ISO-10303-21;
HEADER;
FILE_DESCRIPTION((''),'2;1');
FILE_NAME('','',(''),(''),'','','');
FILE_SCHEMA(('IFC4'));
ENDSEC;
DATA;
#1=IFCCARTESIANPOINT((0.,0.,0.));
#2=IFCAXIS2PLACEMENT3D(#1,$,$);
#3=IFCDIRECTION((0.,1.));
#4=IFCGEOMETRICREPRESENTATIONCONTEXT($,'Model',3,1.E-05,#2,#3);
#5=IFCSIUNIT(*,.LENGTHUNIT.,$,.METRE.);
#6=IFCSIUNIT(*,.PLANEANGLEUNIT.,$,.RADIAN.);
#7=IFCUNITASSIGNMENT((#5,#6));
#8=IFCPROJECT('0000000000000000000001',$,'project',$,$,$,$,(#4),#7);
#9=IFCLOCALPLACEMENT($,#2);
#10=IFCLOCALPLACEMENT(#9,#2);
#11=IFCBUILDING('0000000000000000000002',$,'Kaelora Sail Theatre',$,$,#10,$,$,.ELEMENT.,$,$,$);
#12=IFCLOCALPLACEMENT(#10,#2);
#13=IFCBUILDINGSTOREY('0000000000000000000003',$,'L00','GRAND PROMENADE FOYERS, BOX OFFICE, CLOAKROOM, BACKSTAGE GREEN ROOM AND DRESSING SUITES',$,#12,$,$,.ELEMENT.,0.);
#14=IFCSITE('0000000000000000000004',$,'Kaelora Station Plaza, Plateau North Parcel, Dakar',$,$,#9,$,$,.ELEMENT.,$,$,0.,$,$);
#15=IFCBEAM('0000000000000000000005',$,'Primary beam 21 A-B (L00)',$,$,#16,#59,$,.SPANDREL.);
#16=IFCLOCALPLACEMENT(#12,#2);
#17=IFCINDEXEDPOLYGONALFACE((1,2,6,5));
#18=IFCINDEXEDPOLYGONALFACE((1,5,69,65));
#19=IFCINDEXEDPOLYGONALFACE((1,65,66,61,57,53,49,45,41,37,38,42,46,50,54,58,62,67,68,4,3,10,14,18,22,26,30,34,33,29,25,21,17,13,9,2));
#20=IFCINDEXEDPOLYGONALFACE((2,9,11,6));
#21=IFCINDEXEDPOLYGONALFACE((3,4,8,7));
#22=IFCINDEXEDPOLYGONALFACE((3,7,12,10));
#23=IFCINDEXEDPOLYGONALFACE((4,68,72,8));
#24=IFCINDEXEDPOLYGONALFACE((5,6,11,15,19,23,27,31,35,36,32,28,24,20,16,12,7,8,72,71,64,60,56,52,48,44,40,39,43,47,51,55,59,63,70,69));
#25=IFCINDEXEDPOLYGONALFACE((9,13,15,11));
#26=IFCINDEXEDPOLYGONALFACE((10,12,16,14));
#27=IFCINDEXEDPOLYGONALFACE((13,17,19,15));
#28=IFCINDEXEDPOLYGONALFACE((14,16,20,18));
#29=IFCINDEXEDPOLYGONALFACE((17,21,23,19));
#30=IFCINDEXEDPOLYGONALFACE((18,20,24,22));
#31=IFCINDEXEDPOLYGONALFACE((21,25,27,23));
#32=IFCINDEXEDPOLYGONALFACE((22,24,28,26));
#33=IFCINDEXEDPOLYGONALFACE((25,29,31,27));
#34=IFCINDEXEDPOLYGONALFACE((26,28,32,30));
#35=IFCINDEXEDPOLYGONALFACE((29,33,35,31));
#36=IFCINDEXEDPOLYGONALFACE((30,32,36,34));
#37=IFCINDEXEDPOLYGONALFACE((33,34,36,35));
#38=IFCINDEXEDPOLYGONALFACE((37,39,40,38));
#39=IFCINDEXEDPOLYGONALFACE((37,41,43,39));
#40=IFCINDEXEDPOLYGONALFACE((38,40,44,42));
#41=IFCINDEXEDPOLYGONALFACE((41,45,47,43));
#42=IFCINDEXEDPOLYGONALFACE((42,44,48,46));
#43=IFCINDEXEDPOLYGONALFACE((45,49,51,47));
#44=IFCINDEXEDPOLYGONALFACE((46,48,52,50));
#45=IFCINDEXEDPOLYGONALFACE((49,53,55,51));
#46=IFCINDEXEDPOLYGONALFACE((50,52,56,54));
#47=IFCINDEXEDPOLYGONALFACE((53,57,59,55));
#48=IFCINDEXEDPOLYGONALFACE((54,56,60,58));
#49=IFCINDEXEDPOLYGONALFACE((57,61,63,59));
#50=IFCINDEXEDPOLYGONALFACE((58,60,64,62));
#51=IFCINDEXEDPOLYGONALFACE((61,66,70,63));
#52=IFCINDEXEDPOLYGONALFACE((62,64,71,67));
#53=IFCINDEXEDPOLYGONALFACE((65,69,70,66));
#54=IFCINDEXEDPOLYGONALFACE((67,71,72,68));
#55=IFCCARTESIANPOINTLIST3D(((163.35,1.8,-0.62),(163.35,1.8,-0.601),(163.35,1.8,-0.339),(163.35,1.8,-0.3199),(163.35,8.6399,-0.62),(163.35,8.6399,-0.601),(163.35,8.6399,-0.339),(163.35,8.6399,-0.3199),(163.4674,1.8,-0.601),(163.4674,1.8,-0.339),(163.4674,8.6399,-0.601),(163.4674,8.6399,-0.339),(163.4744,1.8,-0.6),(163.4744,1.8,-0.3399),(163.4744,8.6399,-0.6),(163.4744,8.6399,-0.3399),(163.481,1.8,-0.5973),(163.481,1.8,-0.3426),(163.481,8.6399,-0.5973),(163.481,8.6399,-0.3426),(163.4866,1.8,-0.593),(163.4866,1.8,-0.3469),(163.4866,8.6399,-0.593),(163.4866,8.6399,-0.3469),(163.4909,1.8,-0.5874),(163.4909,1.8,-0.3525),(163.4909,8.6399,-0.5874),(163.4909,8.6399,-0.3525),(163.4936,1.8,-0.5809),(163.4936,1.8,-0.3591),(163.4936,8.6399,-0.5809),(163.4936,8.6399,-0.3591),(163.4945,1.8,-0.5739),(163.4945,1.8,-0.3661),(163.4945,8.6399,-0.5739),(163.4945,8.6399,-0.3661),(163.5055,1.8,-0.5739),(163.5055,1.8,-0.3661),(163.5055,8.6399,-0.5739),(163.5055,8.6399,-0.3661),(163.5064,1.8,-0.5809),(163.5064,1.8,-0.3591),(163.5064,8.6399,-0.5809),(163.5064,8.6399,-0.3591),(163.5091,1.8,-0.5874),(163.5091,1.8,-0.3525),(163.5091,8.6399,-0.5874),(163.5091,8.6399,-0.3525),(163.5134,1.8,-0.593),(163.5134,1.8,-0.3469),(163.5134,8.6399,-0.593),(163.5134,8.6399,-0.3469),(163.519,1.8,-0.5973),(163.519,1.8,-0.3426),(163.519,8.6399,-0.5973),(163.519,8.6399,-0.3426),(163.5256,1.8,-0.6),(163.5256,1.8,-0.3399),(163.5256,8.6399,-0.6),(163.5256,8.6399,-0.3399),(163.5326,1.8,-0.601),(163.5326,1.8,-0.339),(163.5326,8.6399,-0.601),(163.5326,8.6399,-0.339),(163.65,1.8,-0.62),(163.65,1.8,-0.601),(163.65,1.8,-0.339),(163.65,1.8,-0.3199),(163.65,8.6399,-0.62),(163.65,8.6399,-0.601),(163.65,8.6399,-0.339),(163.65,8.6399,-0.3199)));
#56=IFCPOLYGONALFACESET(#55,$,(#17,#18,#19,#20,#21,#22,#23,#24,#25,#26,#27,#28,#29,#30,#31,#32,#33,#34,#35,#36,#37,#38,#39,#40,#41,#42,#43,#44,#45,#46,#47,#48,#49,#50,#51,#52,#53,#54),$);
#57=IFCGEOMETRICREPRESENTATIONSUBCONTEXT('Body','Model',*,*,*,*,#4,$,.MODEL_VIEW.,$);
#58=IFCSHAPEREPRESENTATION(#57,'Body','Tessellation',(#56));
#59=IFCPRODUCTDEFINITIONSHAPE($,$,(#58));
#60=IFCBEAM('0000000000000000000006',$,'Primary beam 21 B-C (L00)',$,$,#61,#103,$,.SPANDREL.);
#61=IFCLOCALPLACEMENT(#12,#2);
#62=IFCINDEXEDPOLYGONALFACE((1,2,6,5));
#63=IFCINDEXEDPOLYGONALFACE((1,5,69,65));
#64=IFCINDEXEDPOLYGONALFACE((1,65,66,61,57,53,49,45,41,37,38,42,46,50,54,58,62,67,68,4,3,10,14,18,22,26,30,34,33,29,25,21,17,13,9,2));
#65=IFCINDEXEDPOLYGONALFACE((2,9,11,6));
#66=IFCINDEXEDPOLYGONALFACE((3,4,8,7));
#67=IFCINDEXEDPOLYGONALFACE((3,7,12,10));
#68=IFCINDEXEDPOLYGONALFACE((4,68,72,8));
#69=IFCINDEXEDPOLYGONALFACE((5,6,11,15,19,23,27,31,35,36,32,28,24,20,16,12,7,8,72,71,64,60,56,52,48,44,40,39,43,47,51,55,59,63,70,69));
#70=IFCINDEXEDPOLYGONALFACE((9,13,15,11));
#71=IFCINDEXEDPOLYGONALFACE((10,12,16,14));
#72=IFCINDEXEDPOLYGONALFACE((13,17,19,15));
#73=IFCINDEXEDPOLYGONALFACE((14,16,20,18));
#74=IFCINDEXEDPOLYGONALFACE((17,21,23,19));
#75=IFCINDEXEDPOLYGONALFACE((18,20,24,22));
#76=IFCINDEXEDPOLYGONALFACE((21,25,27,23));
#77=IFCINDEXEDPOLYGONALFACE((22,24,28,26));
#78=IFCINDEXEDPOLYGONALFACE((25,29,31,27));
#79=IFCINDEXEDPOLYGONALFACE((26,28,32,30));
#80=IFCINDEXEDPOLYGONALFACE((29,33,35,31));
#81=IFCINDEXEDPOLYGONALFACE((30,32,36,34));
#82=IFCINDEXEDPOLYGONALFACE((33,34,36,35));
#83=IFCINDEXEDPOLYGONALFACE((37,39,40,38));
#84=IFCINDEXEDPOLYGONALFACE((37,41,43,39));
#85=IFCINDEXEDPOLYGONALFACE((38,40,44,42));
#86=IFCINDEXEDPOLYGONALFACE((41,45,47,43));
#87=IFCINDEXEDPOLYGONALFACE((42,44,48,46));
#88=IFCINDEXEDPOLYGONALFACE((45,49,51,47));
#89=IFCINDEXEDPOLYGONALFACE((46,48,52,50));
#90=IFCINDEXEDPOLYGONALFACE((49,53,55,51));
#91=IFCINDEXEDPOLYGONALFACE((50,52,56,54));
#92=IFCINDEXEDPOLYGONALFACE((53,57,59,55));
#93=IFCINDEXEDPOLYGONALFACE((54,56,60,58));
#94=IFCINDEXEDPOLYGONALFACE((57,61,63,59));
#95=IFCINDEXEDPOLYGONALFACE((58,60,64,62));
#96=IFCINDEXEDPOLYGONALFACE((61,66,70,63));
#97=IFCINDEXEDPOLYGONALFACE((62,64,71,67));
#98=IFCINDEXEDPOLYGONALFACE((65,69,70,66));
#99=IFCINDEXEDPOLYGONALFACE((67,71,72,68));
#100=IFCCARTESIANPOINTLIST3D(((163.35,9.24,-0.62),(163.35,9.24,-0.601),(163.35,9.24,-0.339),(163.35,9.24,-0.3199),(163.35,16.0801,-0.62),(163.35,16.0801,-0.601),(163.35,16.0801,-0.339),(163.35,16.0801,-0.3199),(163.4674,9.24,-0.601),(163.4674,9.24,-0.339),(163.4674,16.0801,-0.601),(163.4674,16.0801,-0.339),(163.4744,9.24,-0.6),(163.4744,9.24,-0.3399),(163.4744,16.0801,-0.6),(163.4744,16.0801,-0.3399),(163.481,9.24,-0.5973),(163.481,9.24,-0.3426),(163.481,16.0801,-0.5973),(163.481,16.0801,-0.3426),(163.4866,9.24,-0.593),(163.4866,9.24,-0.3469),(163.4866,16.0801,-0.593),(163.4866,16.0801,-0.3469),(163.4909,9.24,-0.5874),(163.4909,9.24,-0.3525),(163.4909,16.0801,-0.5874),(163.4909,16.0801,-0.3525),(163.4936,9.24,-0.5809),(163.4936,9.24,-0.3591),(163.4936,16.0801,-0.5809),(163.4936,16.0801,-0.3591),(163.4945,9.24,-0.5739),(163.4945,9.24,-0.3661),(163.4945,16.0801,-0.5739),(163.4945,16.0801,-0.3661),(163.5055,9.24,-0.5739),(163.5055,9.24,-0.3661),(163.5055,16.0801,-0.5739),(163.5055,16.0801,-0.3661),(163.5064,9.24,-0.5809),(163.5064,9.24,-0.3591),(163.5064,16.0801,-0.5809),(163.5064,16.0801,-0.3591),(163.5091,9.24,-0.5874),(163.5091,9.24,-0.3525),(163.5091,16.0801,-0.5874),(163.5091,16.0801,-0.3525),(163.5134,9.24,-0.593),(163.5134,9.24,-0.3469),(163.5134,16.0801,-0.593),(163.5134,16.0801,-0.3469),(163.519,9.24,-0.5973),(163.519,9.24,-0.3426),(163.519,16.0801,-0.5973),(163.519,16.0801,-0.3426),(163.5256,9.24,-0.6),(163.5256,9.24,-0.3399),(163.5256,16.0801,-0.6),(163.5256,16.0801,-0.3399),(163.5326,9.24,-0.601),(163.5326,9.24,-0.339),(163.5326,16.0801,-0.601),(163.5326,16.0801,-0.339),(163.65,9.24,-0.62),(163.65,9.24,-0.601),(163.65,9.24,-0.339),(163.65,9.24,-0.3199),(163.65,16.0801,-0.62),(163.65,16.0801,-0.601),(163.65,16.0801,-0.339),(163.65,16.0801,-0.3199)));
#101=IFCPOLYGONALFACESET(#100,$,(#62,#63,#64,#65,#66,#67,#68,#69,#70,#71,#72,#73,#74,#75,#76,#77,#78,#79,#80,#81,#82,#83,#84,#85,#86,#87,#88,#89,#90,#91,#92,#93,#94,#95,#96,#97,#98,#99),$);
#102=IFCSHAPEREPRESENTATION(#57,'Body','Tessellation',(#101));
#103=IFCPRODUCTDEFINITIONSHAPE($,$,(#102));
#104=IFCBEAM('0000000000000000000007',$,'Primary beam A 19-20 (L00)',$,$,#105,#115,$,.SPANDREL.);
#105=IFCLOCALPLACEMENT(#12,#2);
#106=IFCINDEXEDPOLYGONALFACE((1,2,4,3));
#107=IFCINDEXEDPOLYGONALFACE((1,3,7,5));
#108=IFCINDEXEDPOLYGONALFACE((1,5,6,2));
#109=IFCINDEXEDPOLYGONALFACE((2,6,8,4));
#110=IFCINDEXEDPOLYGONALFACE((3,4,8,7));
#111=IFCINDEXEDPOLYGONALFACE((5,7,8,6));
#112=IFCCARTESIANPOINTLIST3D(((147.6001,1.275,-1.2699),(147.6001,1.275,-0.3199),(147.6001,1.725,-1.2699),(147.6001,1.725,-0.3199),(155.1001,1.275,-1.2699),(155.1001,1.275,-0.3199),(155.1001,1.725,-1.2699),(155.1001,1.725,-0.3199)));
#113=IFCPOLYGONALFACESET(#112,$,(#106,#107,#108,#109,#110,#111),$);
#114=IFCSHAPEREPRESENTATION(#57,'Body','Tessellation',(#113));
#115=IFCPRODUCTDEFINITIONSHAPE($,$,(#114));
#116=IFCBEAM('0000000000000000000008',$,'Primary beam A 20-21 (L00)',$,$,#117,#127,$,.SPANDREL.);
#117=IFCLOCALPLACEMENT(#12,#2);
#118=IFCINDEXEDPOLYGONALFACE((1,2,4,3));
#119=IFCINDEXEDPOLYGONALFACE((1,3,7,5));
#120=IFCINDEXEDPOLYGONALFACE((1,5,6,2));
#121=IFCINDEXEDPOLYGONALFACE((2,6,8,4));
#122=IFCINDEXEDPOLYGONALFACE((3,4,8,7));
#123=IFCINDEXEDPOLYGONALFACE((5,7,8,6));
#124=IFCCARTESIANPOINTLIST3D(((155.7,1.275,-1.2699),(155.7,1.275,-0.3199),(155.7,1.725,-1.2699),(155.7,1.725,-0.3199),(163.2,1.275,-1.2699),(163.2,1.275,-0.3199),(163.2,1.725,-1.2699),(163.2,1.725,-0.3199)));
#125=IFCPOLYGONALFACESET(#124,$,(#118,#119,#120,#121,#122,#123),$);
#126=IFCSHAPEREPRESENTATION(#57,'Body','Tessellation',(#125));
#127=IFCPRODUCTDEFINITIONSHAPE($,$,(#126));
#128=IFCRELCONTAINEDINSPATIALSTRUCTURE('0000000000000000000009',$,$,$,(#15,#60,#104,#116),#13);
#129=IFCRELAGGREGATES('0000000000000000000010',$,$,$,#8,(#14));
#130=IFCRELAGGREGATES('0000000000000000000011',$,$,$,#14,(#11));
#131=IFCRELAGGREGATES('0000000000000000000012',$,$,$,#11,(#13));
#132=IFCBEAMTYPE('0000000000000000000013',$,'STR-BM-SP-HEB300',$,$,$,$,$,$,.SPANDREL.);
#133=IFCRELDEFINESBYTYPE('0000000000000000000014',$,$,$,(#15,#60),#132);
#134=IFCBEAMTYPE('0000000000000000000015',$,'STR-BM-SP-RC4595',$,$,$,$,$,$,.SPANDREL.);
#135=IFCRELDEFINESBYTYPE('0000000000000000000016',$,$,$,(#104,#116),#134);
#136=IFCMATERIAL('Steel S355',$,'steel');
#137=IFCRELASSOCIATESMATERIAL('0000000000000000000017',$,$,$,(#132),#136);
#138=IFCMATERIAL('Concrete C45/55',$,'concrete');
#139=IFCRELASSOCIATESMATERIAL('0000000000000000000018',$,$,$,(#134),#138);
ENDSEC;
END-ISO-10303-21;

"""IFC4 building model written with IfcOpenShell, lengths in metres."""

from ifc_helpers import new_model, si_unit, direction, frame, origin, origin_2d, place, context, subcontext, project, spatial, rectangle, i_section, extrude, material, material_profile, profile_set, type_object, element, save


model = new_model("IFC4")

# Units and contexts
model_context = context("Model", 3, precision=1e-05, world=origin(), true_north=direction((0.0, 1.0)))
body_context = subcontext(model_context, "Body", "Model", "MODEL_VIEW")
ifc_project = project(units=[si_unit("LENGTHUNIT", "METRE"), si_unit("PLANEANGLEUNIT", "RADIAN")], contexts=[model_context])

# Site, building, storey
site_placement = place(None, origin())
site = spatial("IfcSite", under=ifc_project, at=site_placement, Name="Kaelora Station Plaza, Plateau North Parcel, Dakar", CompositionType="ELEMENT", RefElevation=0.0)
building_placement = place(site_placement, origin())
building = spatial("IfcBuilding", under=site, at=building_placement, Name="Kaelora Sail Theatre", CompositionType="ELEMENT")
storey_placement = place(building_placement, origin())
storey = spatial("IfcBuildingStorey", under=building, at=storey_placement, Name="L00", Description="GRAND PROMENADE FOYERS, BOX OFFICE, CLOAKROOM, BACKSTAGE GREEN ROOM AND DRESSING SUITES", CompositionType="ELEMENT", Elevation=0.0)

# Beams
ifc_material_1 = material(Name="Steel S355", Category="steel")
ifc_material_profile_1 = material_profile(ifc_material_1, i_section(OverallWidth=0.3, OverallDepth=0.3, WebThickness=0.011, FlangeThickness=0.019, FilletRadius=0.0271, at=origin_2d()), Name="HEB 300")
ifc_profile_set_1 = profile_set([ifc_material_profile_1], Name="Steel S355")
beam_type_1 = type_object("IfcBeamType", Name="STR-BM-SP-HEB300", PredefinedType="SPANDREL", material=ifc_profile_set_1)
beam_1_placement = place(storey_placement, frame((163.5, 1.8, -0.47), z_axis=(0.0, 1.0, 0.0), x_axis=(-1.0, 0.0, 0.0)))
element("IfcBeam", 1, at=beam_1_placement, inside=storey, type_object=beam_type_1, Name="Primary beam 21 A-B (L00)", PredefinedType="SPANDREL", context=body_context, shape_type="SweptSolid", body=[
    extrude(i_section(OverallWidth=0.3, OverallDepth=0.3, WebThickness=0.011, FlangeThickness=0.019, FilletRadius=0.0271, at=origin_2d()), origin(), (0.0, 0.0, 1.0), 6.8398),
])
beam_2_placement = place(storey_placement, frame((163.5, 9.24, -0.47), z_axis=(0.0, 1.0, 0.0), x_axis=(-1.0, 0.0, 0.0)))
element("IfcBeam", 2, at=beam_2_placement, inside=storey, type_object=beam_type_1, Name="Primary beam 21 B-C (L00)", PredefinedType="SPANDREL", context=body_context, shape_type="SweptSolid", body=[
    extrude(i_section(OverallWidth=0.3, OverallDepth=0.3, WebThickness=0.011, FlangeThickness=0.019, FilletRadius=0.0271, at=origin_2d()), origin(), (0.0, 0.0, 1.0), 6.8401),
])
ifc_material_2 = material(Name="Concrete C45/55", Category="concrete")
ifc_material_profile_2 = material_profile(ifc_material_2, rectangle(XDim=0.45, YDim=0.95, at=origin_2d()), Name="RC-SPN 450x950")
ifc_profile_set_2 = profile_set([ifc_material_profile_2], Name="Concrete C45/55")
beam_type_2 = type_object("IfcBeamType", Name="STR-BM-SP-RC4595", PredefinedType="SPANDREL", material=ifc_profile_set_2)
for number, where, z_axis, x_axis, name in (
    (3, (147.6001, 1.5, -0.7949), (1.0, 0.0, 0.0), (0.0, 1.0, 0.0), "Primary beam A 19-20 (L00)"),
    (4, (155.7, 1.5, -0.7949), (1.0, 0.0, 0.0), (0.0, 1.0, 0.0), "Primary beam A 20-21 (L00)"),
):
    element("IfcBeam", number, at=place(storey_placement, frame(where, z_axis=z_axis, x_axis=x_axis)), inside=storey, type_object=beam_type_2, Name=name, PredefinedType="SPANDREL", context=body_context, shape_type="SweptSolid", body=[
        extrude(rectangle(XDim=0.45, YDim=0.95, at=origin_2d()), origin(), (0.0, 0.0, 1.0), 7.5),
    ])

save(model, "model.ifc")
